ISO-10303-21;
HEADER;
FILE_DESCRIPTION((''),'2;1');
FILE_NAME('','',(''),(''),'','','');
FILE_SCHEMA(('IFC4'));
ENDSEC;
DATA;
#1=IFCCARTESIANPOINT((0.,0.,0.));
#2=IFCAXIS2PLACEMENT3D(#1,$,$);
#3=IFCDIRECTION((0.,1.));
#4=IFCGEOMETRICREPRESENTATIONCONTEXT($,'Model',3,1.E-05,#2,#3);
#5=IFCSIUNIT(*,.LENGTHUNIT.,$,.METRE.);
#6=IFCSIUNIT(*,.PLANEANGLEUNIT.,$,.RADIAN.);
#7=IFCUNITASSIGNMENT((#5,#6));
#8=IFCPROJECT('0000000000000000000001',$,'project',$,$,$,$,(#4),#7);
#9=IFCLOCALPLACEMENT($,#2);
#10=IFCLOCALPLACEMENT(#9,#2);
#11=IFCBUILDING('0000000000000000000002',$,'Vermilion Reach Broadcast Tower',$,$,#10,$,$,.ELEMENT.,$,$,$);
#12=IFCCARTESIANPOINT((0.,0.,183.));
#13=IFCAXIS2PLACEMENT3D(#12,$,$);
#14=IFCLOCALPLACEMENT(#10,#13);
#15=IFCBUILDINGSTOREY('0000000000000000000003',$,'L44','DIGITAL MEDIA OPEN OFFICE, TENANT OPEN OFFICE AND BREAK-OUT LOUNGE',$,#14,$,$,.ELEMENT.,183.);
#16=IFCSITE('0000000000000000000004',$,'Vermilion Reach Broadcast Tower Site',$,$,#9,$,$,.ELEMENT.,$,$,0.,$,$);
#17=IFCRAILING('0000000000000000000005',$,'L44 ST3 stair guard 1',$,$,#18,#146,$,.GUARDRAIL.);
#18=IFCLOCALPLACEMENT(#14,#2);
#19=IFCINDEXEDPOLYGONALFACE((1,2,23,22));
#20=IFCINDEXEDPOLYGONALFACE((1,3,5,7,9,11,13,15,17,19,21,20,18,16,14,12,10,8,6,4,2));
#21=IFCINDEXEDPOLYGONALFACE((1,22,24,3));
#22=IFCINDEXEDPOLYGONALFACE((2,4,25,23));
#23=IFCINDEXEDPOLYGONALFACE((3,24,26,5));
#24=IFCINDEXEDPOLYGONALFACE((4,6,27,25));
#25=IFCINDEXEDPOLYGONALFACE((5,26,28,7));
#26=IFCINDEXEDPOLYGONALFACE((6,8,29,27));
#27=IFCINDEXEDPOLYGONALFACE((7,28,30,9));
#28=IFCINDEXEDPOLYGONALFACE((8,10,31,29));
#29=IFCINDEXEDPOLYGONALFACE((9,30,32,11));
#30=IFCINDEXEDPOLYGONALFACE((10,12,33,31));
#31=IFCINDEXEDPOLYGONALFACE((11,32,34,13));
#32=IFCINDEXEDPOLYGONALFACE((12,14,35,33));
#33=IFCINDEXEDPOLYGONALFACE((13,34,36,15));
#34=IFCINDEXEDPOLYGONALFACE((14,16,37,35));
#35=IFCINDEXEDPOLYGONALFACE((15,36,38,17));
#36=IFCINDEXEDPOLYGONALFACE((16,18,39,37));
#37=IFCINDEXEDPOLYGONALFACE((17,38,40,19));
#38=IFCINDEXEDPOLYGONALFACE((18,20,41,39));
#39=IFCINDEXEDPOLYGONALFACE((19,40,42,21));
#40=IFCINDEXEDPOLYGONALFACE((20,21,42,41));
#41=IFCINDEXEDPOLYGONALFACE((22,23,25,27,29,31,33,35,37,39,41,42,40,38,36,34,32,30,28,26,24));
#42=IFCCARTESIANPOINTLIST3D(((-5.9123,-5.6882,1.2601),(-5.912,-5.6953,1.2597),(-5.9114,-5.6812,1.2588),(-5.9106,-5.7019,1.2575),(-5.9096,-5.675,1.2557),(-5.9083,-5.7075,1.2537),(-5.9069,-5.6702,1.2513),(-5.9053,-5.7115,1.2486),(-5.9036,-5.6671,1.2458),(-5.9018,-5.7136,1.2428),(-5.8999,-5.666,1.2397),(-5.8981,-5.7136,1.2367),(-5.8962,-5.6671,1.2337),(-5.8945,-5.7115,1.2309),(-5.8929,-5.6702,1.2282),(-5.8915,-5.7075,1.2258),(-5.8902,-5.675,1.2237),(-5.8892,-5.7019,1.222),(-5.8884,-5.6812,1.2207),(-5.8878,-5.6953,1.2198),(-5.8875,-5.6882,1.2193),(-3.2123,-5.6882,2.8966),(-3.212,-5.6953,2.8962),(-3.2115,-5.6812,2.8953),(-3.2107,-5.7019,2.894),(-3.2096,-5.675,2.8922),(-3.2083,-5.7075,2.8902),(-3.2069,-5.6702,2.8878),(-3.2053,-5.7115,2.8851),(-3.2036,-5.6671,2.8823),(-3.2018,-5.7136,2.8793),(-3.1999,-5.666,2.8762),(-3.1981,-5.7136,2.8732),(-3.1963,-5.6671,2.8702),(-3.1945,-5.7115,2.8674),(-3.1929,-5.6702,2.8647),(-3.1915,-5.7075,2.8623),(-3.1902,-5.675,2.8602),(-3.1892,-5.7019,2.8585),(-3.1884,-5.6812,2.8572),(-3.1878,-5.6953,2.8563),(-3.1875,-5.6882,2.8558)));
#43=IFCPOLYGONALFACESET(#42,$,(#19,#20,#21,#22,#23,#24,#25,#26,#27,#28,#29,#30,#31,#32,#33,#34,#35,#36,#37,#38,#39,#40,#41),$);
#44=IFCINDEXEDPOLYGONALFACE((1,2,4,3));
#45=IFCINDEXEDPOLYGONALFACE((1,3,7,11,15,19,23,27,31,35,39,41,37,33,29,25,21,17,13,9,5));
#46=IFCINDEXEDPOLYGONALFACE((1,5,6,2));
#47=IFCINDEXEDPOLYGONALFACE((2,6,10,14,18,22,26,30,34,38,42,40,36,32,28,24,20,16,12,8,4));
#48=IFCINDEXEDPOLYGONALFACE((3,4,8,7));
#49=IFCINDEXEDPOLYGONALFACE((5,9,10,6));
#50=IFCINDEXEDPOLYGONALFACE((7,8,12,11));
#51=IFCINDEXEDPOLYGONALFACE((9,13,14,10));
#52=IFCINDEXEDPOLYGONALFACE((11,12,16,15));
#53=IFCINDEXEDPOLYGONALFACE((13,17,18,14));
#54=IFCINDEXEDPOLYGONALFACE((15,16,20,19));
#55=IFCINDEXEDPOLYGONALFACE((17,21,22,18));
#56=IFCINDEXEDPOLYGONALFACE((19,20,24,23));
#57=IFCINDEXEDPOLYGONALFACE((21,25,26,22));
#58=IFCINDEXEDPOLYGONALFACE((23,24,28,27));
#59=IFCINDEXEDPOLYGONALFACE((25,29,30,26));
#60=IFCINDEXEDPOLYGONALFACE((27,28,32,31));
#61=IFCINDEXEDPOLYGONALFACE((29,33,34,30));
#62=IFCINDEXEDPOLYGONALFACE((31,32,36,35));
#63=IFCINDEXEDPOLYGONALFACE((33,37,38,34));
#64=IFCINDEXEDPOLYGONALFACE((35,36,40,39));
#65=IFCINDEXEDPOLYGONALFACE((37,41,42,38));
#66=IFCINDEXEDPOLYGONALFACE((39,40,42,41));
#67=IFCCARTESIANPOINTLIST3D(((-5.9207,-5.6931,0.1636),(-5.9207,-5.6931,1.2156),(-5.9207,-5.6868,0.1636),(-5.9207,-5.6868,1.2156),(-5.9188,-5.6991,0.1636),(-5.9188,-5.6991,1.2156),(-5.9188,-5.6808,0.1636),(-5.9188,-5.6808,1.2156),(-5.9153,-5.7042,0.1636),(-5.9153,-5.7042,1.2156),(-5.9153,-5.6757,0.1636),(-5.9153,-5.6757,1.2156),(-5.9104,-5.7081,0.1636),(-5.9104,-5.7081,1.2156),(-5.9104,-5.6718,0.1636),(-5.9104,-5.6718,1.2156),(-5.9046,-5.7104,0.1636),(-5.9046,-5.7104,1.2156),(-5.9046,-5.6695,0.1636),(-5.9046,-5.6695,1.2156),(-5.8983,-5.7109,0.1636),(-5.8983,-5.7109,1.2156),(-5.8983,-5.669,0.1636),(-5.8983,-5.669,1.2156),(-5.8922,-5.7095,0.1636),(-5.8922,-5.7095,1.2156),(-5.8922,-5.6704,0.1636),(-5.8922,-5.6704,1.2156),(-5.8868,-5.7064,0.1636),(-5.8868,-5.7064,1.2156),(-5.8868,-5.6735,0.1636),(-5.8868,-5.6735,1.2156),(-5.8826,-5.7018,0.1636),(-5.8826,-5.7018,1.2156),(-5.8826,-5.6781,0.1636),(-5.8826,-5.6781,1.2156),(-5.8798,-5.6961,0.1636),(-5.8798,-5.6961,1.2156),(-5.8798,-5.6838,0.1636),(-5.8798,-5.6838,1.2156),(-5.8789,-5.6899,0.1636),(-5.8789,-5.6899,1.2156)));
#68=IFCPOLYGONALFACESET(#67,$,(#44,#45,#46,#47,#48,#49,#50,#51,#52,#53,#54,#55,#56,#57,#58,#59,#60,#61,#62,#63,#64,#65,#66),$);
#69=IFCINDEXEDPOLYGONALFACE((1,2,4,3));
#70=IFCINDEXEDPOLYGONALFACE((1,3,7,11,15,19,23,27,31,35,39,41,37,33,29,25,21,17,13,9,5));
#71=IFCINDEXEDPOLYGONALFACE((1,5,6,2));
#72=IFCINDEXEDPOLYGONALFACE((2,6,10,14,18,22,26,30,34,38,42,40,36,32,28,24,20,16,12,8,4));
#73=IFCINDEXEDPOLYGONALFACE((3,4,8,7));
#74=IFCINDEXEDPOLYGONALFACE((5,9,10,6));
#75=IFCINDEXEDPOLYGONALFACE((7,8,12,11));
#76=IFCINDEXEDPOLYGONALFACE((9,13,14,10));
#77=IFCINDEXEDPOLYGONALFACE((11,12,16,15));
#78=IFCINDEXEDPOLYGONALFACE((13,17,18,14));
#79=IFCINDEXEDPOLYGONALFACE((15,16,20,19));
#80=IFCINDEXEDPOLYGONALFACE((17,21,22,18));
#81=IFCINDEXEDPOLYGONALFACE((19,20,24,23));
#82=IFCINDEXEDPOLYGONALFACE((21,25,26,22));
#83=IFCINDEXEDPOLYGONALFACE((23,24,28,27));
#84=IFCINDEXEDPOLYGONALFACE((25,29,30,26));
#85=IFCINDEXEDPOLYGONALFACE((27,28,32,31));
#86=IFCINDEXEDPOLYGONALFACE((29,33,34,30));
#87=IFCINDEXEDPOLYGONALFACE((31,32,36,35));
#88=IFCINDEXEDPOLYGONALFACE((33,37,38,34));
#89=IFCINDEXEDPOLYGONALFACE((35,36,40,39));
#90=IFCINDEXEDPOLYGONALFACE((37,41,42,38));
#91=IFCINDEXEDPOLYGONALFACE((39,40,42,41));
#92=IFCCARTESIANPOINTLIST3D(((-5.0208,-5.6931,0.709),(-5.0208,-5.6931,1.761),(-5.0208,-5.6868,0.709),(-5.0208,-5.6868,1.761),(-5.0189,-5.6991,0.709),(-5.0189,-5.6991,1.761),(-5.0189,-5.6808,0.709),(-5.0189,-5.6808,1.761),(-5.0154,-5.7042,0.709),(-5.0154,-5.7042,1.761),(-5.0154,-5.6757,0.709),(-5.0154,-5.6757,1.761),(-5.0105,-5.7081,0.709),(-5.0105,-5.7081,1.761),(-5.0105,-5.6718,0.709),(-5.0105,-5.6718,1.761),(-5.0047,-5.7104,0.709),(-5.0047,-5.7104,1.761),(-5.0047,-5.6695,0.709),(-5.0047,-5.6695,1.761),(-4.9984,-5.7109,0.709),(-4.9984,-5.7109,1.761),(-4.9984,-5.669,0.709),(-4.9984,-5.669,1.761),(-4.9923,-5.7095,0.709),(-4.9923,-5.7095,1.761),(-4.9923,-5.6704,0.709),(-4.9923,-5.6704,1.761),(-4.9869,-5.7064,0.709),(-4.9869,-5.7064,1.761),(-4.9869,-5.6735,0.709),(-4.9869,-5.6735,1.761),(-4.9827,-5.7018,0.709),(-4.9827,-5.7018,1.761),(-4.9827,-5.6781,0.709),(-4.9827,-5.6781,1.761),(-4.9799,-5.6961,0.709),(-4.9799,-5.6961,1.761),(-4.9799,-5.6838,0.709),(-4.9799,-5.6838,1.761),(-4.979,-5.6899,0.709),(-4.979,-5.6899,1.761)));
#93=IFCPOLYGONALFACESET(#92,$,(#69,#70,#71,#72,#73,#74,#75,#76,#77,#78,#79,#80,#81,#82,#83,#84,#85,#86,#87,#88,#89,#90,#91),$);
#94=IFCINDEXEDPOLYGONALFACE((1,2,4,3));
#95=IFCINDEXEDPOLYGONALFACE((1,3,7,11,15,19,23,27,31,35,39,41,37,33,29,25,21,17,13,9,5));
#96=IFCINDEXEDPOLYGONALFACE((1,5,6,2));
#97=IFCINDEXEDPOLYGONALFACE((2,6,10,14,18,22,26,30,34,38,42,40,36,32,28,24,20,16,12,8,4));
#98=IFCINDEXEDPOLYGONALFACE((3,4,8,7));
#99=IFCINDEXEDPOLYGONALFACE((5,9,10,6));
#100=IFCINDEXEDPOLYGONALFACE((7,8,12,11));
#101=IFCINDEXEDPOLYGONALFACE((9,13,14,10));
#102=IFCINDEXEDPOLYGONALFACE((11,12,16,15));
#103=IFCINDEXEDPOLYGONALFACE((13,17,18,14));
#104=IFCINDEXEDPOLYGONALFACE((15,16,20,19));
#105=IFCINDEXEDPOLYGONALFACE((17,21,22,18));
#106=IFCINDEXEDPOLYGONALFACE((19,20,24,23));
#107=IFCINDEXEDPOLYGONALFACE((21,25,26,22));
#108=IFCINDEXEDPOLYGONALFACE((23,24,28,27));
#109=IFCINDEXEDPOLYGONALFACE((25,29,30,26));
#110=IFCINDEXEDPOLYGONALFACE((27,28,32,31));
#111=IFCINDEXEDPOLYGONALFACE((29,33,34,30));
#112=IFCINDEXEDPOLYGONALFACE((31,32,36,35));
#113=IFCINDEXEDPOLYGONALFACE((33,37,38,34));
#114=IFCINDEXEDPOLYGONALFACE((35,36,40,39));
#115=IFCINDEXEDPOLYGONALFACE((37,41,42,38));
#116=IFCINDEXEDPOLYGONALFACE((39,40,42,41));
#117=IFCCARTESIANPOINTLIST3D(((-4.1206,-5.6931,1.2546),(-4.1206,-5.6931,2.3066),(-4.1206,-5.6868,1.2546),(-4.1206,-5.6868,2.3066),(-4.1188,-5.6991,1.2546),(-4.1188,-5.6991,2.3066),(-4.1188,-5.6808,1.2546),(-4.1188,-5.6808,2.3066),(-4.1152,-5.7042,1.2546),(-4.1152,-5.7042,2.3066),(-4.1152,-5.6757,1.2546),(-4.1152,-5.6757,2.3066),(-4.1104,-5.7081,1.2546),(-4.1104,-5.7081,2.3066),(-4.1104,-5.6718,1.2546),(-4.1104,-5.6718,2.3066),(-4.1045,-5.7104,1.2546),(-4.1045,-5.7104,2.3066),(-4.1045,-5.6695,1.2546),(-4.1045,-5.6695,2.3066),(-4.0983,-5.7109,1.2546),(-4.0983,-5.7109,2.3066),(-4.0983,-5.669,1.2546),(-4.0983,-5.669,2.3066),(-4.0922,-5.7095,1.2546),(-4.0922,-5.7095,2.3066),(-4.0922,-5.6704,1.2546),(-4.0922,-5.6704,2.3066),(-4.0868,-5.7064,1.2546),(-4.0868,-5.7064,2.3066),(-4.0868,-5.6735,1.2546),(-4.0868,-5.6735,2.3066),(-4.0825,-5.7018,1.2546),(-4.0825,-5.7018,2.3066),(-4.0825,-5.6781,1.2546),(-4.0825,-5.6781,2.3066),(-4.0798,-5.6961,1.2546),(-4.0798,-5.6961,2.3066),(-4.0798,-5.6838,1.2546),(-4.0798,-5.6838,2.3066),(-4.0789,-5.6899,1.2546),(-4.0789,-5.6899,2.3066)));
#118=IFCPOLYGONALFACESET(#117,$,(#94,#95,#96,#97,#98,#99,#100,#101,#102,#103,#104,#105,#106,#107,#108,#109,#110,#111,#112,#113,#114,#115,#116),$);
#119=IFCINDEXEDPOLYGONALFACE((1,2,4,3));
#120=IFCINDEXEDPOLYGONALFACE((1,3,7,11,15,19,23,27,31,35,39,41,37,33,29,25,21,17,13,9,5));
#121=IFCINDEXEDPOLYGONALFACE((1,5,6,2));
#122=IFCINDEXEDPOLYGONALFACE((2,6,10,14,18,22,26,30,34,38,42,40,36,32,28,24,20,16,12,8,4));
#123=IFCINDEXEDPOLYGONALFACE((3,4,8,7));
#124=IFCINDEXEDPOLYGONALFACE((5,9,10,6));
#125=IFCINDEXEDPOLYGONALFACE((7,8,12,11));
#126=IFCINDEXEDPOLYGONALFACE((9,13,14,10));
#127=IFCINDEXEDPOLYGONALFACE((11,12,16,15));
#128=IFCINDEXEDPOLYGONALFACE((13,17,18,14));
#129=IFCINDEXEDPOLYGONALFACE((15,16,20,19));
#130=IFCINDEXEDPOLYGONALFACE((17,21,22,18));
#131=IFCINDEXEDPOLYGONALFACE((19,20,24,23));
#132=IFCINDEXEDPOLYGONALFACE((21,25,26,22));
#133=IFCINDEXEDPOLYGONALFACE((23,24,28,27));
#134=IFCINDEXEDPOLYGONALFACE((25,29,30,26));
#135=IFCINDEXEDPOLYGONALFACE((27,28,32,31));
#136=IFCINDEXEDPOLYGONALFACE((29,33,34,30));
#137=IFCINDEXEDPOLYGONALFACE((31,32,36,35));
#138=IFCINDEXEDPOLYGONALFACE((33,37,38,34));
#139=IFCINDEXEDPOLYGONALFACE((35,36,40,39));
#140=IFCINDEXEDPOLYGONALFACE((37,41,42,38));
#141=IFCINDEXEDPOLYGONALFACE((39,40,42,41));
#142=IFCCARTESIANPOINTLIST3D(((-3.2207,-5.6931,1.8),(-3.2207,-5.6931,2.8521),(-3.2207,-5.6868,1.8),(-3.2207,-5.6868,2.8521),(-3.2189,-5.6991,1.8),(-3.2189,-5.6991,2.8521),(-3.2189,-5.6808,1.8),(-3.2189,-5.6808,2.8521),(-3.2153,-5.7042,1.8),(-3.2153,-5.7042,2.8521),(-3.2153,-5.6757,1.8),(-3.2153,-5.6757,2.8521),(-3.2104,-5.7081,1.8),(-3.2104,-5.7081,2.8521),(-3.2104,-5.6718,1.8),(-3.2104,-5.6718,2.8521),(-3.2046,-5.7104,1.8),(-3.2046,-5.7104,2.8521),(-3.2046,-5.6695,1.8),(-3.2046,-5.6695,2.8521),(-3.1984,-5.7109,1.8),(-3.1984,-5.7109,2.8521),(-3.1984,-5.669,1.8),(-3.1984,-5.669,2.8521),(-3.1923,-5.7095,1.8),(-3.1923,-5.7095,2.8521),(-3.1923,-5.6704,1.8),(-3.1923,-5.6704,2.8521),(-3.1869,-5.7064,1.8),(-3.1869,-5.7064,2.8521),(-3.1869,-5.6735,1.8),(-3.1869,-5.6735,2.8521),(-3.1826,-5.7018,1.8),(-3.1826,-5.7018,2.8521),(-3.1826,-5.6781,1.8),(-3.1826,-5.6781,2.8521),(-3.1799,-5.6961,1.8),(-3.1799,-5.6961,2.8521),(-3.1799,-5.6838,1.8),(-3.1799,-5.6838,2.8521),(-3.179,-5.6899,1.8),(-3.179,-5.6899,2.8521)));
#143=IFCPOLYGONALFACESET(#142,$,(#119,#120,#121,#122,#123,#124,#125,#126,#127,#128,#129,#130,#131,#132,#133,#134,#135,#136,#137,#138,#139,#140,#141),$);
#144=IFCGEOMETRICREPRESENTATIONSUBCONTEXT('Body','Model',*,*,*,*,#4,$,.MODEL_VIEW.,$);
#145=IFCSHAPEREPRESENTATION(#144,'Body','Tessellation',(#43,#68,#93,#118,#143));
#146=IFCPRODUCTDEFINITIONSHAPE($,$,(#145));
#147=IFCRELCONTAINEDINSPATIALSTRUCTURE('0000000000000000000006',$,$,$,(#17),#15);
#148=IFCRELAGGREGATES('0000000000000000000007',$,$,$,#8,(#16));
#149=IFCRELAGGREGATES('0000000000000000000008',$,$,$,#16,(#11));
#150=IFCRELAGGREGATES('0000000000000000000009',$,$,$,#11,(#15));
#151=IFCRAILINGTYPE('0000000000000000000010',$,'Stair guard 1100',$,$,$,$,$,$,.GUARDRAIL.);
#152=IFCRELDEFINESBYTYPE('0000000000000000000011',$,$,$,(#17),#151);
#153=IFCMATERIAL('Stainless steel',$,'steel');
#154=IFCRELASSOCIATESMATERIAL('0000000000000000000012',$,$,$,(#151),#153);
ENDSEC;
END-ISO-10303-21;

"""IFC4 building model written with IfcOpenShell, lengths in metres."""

from ifc_helpers import new_model, si_unit, direction, frame, origin, origin_2d, place, context, subcontext, project, spatial, circle, extrude, material, type_object, element, save


model = new_model("IFC4")

# Units and contexts
model_context = context("Model", 3, precision=1e-05, world=origin(), true_north=direction((0.0, 1.0)))
body_context = subcontext(model_context, "Body", "Model", "MODEL_VIEW")
ifc_project = project(units=[si_unit("LENGTHUNIT", "METRE"), si_unit("PLANEANGLEUNIT", "RADIAN")], contexts=[model_context])

# Site, building, storey
site_placement = place(None, origin())
site = spatial("IfcSite", under=ifc_project, at=site_placement, Name="Vermilion Reach Broadcast Tower Site", CompositionType="ELEMENT", RefElevation=0.0)
building_placement = place(site_placement, origin())
building = spatial("IfcBuilding", under=site, at=building_placement, Name="Vermilion Reach Broadcast Tower", CompositionType="ELEMENT")
storey_placement = place(building_placement, frame((0.0, 0.0, 183.0)))
storey = spatial("IfcBuildingStorey", under=building, at=storey_placement, Name="L44", Description="DIGITAL MEDIA OPEN OFFICE, TENANT OPEN OFFICE AND BREAK-OUT LOUNGE", CompositionType="ELEMENT", Elevation=183.0)

# Railing
ifc_material_1 = material(Name="Stainless steel", Category="steel")
railing_type_1 = type_object("IfcRailingType", Name="Stair guard 1100", PredefinedType="GUARDRAIL", material=ifc_material_1)
railing_1_placement = place(storey_placement, frame((-5.8999, -5.6899, 0.1636)))
element("IfcRailing", 1, at=railing_1_placement, inside=storey, type_object=railing_type_1, Name="L44 ST3 stair guard 1", PredefinedType="GUARDRAIL", context=body_context, shape_type="SweptSolid", body=[
    extrude(circle(Radius=0.0239, at=origin_2d()), frame((0.0, 0.0, 1.0762), z_axis=(0.855178, 0.0, 0.518334), x_axis=(0.0, 1.0, 0.0)), (0.0, 0.0, 1.0), 3.1572),
    extrude(circle(Radius=0.021, at=origin_2d()), origin(), (0.0, 0.0, 1.0), 1.052),
    extrude(circle(Radius=0.021, at=origin_2d()), frame((0.8999, 0.0, 0.5454)), (0.0, 0.0, 1.0), 1.052),
    extrude(circle(Radius=0.021, at=origin_2d()), frame((1.8, 0.0, 1.0911)), (0.0, 0.0, 1.0), 1.052),
    extrude(circle(Radius=0.021, at=origin_2d()), frame((2.7, 0.0, 1.6365)), (0.0, 0.0, 1.0), 1.052),
])

save(model, "model.ifc")
